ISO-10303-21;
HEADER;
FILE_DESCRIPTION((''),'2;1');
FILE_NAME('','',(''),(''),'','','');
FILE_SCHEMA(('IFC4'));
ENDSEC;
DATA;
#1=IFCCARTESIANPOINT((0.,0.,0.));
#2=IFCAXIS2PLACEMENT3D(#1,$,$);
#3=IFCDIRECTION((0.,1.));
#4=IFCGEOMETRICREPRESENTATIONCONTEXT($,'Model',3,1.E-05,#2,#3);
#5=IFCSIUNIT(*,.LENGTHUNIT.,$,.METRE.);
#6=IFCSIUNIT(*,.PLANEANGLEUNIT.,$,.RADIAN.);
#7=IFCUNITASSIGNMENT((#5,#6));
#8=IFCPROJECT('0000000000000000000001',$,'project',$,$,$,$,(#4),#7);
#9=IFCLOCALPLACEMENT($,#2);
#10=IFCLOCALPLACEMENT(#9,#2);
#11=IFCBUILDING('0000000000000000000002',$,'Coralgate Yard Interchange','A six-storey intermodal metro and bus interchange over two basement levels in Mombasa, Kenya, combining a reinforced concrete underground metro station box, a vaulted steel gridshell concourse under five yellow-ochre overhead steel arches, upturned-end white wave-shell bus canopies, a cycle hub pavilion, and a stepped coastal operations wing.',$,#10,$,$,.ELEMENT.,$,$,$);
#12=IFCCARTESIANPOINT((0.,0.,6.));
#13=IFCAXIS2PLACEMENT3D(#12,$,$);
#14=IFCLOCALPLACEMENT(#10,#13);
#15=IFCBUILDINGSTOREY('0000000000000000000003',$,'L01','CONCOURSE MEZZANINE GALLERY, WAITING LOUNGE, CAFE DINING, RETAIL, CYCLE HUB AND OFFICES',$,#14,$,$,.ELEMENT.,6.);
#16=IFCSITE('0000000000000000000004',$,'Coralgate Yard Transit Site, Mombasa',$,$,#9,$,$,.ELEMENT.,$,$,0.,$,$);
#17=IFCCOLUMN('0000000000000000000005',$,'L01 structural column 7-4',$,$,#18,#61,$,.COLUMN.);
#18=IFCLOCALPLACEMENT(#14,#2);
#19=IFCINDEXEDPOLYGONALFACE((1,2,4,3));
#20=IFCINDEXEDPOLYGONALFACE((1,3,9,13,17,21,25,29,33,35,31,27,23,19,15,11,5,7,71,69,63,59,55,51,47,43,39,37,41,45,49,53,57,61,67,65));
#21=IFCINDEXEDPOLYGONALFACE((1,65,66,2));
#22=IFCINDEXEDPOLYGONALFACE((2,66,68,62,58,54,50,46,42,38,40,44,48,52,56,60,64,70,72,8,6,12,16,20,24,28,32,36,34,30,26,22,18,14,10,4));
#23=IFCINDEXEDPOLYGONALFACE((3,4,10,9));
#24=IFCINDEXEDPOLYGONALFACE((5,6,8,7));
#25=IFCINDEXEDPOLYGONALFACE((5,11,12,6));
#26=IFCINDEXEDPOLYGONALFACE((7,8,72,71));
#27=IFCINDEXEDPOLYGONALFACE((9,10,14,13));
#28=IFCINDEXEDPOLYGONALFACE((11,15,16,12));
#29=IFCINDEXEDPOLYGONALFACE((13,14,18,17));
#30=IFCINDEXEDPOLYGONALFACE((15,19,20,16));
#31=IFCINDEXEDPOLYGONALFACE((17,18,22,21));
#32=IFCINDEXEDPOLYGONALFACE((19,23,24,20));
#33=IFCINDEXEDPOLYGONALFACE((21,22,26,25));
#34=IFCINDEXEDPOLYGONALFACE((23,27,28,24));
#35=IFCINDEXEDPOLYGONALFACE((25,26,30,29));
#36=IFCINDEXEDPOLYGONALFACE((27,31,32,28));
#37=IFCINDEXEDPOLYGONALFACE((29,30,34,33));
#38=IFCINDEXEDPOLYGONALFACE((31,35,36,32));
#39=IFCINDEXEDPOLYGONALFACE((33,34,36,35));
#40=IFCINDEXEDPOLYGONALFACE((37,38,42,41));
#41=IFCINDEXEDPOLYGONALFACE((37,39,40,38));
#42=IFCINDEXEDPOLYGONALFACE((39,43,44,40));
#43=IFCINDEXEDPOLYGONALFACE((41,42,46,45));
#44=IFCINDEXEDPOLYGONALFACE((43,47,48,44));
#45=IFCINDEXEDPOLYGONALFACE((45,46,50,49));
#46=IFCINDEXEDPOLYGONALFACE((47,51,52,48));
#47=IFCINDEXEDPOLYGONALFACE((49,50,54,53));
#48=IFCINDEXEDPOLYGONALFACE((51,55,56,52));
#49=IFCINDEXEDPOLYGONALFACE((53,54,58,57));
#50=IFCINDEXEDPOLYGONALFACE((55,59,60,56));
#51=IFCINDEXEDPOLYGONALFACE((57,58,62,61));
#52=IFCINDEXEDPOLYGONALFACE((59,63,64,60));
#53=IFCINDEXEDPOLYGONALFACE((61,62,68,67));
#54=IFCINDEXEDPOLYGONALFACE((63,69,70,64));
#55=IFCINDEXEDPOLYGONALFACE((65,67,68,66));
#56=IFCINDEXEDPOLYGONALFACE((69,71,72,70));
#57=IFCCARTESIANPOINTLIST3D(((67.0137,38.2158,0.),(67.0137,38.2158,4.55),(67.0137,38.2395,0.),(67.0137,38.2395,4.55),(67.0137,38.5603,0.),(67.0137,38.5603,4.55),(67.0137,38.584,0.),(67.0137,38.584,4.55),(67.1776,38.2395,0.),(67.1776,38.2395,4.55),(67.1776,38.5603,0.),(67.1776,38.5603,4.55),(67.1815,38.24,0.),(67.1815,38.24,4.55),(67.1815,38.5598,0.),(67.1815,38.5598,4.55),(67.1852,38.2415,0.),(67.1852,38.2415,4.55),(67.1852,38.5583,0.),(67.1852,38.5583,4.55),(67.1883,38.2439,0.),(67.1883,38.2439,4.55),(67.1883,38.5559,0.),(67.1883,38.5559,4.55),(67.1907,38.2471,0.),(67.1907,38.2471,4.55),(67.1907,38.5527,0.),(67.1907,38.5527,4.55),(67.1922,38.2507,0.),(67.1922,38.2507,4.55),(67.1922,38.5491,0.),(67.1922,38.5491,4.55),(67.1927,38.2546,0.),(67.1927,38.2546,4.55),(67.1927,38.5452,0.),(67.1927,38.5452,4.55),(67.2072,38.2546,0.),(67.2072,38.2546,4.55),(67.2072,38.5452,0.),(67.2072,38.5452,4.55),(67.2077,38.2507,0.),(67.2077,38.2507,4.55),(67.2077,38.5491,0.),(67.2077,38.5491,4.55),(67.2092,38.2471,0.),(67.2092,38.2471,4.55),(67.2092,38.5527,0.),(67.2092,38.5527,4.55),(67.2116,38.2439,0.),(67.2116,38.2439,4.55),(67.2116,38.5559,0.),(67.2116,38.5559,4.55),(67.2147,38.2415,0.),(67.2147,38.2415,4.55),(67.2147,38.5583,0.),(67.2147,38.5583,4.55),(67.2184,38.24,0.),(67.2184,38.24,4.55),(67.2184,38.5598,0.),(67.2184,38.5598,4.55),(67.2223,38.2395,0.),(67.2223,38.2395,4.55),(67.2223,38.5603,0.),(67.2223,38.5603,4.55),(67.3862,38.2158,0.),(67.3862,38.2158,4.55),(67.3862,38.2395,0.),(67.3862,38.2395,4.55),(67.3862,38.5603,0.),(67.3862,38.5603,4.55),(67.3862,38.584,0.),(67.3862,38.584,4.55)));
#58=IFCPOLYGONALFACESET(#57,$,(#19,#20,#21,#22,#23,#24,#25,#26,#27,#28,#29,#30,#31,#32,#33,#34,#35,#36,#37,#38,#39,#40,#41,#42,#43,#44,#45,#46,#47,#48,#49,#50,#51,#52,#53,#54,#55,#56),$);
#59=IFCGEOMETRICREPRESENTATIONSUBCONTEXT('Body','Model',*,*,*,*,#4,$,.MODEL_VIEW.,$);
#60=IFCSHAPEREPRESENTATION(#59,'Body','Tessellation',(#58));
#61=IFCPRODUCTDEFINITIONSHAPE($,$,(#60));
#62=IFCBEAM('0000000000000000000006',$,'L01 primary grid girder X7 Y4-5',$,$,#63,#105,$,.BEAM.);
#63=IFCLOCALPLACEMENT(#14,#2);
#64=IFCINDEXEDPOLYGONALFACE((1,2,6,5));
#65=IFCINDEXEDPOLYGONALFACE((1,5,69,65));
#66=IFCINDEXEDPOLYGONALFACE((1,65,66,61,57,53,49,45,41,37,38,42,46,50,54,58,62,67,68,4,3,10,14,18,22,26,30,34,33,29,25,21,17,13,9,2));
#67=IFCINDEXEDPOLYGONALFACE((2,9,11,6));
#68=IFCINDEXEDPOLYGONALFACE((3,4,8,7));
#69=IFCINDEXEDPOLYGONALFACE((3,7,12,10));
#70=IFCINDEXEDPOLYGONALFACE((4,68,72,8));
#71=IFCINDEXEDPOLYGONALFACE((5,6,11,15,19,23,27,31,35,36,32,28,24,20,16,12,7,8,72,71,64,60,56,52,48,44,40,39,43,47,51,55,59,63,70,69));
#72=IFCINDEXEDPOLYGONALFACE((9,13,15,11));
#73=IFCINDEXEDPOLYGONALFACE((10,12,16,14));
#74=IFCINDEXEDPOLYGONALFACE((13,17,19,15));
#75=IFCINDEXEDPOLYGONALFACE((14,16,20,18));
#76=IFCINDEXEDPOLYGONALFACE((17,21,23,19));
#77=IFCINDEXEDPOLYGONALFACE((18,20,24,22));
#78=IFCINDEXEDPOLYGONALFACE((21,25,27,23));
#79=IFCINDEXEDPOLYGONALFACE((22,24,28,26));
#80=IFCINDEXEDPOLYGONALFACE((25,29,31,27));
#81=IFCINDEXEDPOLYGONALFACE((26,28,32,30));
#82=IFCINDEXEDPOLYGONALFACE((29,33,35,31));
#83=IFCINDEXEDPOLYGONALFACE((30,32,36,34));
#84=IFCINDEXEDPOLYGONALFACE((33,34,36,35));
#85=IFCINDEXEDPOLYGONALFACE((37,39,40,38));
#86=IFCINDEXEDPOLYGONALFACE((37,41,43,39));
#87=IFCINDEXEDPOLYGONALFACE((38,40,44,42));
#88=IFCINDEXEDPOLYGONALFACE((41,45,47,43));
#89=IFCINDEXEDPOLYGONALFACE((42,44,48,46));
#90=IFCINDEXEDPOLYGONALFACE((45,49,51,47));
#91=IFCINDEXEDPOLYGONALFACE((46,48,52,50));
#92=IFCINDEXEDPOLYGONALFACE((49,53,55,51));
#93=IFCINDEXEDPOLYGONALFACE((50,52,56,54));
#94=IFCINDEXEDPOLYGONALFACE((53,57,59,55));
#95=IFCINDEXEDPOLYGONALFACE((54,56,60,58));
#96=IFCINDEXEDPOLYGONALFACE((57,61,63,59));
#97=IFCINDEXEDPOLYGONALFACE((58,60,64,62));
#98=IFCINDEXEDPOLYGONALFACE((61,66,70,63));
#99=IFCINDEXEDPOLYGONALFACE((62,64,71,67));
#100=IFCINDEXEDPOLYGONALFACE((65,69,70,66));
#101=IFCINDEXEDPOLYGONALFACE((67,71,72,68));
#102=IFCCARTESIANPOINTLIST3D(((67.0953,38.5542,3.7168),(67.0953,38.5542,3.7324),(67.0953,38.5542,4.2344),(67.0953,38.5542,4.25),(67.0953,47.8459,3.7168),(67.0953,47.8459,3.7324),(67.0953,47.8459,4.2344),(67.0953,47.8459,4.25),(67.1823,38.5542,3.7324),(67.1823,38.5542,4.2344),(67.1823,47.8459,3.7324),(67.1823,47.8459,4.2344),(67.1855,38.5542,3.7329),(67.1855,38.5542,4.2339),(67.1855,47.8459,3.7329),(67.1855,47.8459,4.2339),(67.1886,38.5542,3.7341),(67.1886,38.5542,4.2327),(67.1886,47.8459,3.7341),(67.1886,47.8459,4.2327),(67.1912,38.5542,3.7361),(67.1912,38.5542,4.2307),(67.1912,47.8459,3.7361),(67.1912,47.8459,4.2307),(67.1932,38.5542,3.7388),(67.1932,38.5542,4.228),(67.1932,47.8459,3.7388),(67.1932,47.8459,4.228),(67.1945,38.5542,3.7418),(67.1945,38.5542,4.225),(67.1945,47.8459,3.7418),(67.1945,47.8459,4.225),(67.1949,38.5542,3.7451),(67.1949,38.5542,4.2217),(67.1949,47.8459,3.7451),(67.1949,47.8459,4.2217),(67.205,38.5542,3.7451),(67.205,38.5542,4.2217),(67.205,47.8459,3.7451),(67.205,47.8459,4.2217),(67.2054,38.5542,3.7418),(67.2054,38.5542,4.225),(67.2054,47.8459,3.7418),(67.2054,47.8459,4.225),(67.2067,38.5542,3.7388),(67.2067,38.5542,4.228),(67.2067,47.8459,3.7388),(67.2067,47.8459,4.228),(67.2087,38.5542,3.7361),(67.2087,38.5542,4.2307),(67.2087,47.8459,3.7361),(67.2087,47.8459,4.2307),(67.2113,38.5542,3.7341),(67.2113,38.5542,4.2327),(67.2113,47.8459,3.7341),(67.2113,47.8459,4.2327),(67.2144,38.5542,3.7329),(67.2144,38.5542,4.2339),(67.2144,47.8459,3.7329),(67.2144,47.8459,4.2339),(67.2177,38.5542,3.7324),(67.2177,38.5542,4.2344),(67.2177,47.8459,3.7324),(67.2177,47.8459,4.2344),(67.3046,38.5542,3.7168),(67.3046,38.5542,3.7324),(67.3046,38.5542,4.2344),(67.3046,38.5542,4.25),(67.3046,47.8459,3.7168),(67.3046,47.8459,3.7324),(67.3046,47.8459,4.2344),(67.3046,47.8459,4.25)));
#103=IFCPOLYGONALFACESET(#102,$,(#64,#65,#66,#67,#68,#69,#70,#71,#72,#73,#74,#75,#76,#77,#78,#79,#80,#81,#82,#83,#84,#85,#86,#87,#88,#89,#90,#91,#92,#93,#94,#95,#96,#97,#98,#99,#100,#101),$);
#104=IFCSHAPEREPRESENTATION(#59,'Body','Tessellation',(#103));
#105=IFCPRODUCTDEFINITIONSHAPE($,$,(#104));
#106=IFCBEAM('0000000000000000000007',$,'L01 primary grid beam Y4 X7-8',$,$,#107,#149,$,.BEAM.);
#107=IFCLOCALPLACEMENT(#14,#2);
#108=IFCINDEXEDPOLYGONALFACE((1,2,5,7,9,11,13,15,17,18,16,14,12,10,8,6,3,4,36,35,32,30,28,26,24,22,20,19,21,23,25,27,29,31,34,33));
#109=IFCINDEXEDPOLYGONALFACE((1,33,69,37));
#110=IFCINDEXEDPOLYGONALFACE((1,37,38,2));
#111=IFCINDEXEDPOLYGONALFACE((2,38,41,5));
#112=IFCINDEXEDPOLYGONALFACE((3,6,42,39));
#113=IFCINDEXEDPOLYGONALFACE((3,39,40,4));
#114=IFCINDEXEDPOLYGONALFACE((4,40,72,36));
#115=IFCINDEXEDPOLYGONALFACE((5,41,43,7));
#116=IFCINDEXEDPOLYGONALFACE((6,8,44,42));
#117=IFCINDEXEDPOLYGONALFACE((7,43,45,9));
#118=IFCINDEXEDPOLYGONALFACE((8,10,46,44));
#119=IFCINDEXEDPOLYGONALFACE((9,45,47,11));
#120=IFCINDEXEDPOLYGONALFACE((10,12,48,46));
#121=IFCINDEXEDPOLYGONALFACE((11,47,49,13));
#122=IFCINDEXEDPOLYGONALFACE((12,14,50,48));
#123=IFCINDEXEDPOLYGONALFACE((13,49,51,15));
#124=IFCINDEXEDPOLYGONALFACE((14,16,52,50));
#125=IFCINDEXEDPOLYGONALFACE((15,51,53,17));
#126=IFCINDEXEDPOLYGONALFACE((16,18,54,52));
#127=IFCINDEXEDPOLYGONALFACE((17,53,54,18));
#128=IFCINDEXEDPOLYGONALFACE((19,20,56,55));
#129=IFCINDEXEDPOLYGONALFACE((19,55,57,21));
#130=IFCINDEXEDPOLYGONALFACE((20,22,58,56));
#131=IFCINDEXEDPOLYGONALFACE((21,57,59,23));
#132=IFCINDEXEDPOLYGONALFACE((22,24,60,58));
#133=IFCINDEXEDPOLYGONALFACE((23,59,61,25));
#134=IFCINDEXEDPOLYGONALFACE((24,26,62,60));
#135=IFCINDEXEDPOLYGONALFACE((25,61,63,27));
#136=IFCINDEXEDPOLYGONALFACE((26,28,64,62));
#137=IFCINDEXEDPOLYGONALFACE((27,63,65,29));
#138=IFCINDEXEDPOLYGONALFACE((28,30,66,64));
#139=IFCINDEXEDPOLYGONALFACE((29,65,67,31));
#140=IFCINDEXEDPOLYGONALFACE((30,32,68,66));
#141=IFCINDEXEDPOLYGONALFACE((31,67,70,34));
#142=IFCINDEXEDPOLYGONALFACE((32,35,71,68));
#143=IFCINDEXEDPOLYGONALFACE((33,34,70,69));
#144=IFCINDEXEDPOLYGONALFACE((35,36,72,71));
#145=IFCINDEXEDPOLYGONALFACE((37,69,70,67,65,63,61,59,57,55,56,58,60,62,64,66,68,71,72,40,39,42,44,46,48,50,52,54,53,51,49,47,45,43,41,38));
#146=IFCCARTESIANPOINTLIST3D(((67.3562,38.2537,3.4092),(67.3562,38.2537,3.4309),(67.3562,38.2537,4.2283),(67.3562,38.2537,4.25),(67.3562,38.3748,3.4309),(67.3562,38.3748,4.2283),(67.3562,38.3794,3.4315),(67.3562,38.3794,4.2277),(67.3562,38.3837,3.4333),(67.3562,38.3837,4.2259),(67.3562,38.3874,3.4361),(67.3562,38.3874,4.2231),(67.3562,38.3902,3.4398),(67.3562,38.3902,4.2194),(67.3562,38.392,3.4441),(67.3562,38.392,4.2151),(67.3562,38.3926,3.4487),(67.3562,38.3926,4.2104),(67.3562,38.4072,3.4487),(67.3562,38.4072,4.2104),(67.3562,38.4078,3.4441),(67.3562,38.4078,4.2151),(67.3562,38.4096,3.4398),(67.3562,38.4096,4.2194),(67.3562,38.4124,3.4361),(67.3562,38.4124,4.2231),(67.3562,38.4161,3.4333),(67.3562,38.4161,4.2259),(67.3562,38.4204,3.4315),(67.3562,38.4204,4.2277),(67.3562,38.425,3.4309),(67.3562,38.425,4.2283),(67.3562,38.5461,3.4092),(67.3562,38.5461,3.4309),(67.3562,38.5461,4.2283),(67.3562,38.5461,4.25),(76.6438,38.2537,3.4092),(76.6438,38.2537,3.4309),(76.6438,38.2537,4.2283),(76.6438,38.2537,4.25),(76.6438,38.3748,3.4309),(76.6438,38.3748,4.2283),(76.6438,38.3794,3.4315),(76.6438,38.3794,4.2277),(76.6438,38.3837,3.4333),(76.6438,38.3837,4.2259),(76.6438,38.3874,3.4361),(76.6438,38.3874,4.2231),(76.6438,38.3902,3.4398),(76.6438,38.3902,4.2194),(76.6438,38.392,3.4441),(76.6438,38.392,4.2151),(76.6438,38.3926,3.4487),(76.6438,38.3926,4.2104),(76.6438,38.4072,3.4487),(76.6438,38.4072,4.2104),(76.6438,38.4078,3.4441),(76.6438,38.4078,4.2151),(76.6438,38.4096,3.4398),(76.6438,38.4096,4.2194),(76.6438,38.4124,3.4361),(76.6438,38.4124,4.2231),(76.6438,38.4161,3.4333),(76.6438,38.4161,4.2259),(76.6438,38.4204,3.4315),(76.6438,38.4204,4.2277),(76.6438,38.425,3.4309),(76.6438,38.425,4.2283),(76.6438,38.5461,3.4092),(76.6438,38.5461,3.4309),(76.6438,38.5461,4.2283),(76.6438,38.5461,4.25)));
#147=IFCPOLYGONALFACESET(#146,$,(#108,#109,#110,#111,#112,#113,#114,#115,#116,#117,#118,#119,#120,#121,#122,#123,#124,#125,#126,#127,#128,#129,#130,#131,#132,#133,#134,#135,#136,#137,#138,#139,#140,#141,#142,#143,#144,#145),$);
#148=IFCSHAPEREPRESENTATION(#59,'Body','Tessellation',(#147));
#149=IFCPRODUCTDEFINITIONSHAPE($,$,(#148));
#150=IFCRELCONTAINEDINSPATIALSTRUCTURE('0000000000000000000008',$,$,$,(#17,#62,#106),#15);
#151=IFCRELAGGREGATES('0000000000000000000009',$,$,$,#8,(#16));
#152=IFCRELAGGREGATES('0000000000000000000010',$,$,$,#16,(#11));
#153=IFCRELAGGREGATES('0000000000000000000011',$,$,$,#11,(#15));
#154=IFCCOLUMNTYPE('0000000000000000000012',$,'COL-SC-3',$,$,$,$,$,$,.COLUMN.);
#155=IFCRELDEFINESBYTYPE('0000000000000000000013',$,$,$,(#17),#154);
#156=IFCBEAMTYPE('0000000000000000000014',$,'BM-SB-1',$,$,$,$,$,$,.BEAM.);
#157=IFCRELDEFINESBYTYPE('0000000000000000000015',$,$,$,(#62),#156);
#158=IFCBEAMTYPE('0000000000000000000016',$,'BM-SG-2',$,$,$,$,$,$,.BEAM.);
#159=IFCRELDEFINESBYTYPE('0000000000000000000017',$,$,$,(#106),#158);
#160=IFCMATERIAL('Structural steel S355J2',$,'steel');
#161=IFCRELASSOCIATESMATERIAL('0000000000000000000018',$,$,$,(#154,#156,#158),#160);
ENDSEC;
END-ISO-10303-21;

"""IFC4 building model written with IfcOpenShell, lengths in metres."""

from ifc_helpers import new_model, si_unit, direction, frame, origin, origin_2d, place, context, subcontext, project, spatial, i_section, extrude, material, material_profile, profile_set, type_object, element, save


model = new_model("IFC4")

# Units and contexts
model_context = context("Model", 3, precision=1e-05, world=origin(), true_north=direction((0.0, 1.0)))
body_context = subcontext(model_context, "Body", "Model", "MODEL_VIEW")
ifc_project = project(units=[si_unit("LENGTHUNIT", "METRE"), si_unit("PLANEANGLEUNIT", "RADIAN")], contexts=[model_context])

# Site, building, storey
site_placement = place(None, origin())
site = spatial("IfcSite", under=ifc_project, at=site_placement, Name="Coralgate Yard Transit Site, Mombasa", CompositionType="ELEMENT", RefElevation=0.0)
building_placement = place(site_placement, origin())
building = spatial("IfcBuilding", under=site, at=building_placement, Name="Coralgate Yard Interchange", Description="A six-storey intermodal metro and bus interchange over two basement levels in Mombasa, Kenya, combining a reinforced concrete underground metro station box, a vaulted steel gridshell concourse under five yellow-ochre overhead steel arches, upturned-end white wave-shell bus canopies, a cycle hub pavilion, and a stepped coastal operations wing.", CompositionType="ELEMENT")
storey_placement = place(building_placement, frame((0.0, 0.0, 6.0)))
storey = spatial("IfcBuildingStorey", under=building, at=storey_placement, Name="L01", Description="CONCOURSE MEZZANINE GALLERY, WAITING LOUNGE, CAFE DINING, RETAIL, CYCLE HUB AND OFFICES", CompositionType="ELEMENT", Elevation=6.0)

# Column
ifc_material_1 = material(Name="Structural steel S355J2", Category="steel")
ifc_material_profile_1 = material_profile(ifc_material_1, i_section(OverallWidth=0.3726, OverallDepth=0.3682, WebThickness=0.0144, FlangeThickness=0.0237, FilletRadius=0.0151, at=origin_2d()), Name="UC 356x368x177")
ifc_profile_set_1 = profile_set([ifc_material_profile_1], Name="Structural steel S355J2")
column_type = type_object("IfcColumnType", Name="COL-SC-3", PredefinedType="COLUMN", material=ifc_profile_set_1)
column_placement = place(storey_placement, frame((67.2, 38.3999, 0.0), z_axis=(0.0, 0.0, 1.0), x_axis=(1.0, 0.0, 0.0)))
element("IfcColumn", 1, at=column_placement, inside=storey, type_object=column_type, Name="L01 structural column 7-4", PredefinedType="COLUMN", context=body_context, shape_type="SweptSolid", body=[
    extrude(i_section(OverallWidth=0.3726, OverallDepth=0.3682, WebThickness=0.0144, FlangeThickness=0.0237, FilletRadius=0.0151, at=origin_2d()), origin(), (0.0, 0.0, 1.0), 4.55),
])

# Beams
ifc_material_profile_2 = material_profile(ifc_material_1, i_section(OverallWidth=0.2092, OverallDepth=0.5332, WebThickness=0.01, FlangeThickness=0.0156, FilletRadius=0.0127, at=origin_2d()), Name="UB 533x210x92")
ifc_profile_set_2 = profile_set([ifc_material_profile_2], Name="Structural steel S355J2")
beam_type_1 = type_object("IfcBeamType", Name="BM-SB-1", PredefinedType="BEAM", material=ifc_profile_set_2)
beam_1_placement = place(storey_placement, frame((67.2, 38.5542, 3.9834), z_axis=(0.0, 1.0, 0.0), x_axis=(-1.0, 0.0, 0.0)))
element("IfcBeam", 2, at=beam_1_placement, inside=storey, type_object=beam_type_1, Name="L01 primary grid girder X7 Y4-5", PredefinedType="BEAM", context=body_context, shape_type="SweptSolid", body=[
    extrude(i_section(OverallWidth=0.2092, OverallDepth=0.5332, WebThickness=0.01, FlangeThickness=0.0156, FilletRadius=0.0127, at=origin_2d()), origin(), (0.0, 0.0, 1.0), 9.2917),
])
ifc_material_profile_3 = material_profile(ifc_material_1, i_section(OverallWidth=0.2925, OverallDepth=0.8408, WebThickness=0.0146, FlangeThickness=0.0217, FilletRadius=0.0178, at=origin_2d()), Name="UB 838x292x194")
ifc_profile_set_3 = profile_set([ifc_material_profile_3], Name="Structural steel S355J2")
beam_type_2 = type_object("IfcBeamType", Name="BM-SG-2", PredefinedType="BEAM", material=ifc_profile_set_3)
beam_2_placement = place(storey_placement, frame((67.3562, 38.3999, 3.8296), z_axis=(1.0, 0.0, 0.0), x_axis=(0.0, 1.0, 0.0)))
element("IfcBeam", 3, at=beam_2_placement, inside=storey, type_object=beam_type_2, Name="L01 primary grid beam Y4 X7-8", PredefinedType="BEAM", context=body_context, shape_type="SweptSolid", body=[
    extrude(i_section(OverallWidth=0.2925, OverallDepth=0.8408, WebThickness=0.0146, FlangeThickness=0.0217, FilletRadius=0.0178, at=origin_2d()), origin(), (0.0, 0.0, 1.0), 9.2876),
])

save(model, "model.ifc")
